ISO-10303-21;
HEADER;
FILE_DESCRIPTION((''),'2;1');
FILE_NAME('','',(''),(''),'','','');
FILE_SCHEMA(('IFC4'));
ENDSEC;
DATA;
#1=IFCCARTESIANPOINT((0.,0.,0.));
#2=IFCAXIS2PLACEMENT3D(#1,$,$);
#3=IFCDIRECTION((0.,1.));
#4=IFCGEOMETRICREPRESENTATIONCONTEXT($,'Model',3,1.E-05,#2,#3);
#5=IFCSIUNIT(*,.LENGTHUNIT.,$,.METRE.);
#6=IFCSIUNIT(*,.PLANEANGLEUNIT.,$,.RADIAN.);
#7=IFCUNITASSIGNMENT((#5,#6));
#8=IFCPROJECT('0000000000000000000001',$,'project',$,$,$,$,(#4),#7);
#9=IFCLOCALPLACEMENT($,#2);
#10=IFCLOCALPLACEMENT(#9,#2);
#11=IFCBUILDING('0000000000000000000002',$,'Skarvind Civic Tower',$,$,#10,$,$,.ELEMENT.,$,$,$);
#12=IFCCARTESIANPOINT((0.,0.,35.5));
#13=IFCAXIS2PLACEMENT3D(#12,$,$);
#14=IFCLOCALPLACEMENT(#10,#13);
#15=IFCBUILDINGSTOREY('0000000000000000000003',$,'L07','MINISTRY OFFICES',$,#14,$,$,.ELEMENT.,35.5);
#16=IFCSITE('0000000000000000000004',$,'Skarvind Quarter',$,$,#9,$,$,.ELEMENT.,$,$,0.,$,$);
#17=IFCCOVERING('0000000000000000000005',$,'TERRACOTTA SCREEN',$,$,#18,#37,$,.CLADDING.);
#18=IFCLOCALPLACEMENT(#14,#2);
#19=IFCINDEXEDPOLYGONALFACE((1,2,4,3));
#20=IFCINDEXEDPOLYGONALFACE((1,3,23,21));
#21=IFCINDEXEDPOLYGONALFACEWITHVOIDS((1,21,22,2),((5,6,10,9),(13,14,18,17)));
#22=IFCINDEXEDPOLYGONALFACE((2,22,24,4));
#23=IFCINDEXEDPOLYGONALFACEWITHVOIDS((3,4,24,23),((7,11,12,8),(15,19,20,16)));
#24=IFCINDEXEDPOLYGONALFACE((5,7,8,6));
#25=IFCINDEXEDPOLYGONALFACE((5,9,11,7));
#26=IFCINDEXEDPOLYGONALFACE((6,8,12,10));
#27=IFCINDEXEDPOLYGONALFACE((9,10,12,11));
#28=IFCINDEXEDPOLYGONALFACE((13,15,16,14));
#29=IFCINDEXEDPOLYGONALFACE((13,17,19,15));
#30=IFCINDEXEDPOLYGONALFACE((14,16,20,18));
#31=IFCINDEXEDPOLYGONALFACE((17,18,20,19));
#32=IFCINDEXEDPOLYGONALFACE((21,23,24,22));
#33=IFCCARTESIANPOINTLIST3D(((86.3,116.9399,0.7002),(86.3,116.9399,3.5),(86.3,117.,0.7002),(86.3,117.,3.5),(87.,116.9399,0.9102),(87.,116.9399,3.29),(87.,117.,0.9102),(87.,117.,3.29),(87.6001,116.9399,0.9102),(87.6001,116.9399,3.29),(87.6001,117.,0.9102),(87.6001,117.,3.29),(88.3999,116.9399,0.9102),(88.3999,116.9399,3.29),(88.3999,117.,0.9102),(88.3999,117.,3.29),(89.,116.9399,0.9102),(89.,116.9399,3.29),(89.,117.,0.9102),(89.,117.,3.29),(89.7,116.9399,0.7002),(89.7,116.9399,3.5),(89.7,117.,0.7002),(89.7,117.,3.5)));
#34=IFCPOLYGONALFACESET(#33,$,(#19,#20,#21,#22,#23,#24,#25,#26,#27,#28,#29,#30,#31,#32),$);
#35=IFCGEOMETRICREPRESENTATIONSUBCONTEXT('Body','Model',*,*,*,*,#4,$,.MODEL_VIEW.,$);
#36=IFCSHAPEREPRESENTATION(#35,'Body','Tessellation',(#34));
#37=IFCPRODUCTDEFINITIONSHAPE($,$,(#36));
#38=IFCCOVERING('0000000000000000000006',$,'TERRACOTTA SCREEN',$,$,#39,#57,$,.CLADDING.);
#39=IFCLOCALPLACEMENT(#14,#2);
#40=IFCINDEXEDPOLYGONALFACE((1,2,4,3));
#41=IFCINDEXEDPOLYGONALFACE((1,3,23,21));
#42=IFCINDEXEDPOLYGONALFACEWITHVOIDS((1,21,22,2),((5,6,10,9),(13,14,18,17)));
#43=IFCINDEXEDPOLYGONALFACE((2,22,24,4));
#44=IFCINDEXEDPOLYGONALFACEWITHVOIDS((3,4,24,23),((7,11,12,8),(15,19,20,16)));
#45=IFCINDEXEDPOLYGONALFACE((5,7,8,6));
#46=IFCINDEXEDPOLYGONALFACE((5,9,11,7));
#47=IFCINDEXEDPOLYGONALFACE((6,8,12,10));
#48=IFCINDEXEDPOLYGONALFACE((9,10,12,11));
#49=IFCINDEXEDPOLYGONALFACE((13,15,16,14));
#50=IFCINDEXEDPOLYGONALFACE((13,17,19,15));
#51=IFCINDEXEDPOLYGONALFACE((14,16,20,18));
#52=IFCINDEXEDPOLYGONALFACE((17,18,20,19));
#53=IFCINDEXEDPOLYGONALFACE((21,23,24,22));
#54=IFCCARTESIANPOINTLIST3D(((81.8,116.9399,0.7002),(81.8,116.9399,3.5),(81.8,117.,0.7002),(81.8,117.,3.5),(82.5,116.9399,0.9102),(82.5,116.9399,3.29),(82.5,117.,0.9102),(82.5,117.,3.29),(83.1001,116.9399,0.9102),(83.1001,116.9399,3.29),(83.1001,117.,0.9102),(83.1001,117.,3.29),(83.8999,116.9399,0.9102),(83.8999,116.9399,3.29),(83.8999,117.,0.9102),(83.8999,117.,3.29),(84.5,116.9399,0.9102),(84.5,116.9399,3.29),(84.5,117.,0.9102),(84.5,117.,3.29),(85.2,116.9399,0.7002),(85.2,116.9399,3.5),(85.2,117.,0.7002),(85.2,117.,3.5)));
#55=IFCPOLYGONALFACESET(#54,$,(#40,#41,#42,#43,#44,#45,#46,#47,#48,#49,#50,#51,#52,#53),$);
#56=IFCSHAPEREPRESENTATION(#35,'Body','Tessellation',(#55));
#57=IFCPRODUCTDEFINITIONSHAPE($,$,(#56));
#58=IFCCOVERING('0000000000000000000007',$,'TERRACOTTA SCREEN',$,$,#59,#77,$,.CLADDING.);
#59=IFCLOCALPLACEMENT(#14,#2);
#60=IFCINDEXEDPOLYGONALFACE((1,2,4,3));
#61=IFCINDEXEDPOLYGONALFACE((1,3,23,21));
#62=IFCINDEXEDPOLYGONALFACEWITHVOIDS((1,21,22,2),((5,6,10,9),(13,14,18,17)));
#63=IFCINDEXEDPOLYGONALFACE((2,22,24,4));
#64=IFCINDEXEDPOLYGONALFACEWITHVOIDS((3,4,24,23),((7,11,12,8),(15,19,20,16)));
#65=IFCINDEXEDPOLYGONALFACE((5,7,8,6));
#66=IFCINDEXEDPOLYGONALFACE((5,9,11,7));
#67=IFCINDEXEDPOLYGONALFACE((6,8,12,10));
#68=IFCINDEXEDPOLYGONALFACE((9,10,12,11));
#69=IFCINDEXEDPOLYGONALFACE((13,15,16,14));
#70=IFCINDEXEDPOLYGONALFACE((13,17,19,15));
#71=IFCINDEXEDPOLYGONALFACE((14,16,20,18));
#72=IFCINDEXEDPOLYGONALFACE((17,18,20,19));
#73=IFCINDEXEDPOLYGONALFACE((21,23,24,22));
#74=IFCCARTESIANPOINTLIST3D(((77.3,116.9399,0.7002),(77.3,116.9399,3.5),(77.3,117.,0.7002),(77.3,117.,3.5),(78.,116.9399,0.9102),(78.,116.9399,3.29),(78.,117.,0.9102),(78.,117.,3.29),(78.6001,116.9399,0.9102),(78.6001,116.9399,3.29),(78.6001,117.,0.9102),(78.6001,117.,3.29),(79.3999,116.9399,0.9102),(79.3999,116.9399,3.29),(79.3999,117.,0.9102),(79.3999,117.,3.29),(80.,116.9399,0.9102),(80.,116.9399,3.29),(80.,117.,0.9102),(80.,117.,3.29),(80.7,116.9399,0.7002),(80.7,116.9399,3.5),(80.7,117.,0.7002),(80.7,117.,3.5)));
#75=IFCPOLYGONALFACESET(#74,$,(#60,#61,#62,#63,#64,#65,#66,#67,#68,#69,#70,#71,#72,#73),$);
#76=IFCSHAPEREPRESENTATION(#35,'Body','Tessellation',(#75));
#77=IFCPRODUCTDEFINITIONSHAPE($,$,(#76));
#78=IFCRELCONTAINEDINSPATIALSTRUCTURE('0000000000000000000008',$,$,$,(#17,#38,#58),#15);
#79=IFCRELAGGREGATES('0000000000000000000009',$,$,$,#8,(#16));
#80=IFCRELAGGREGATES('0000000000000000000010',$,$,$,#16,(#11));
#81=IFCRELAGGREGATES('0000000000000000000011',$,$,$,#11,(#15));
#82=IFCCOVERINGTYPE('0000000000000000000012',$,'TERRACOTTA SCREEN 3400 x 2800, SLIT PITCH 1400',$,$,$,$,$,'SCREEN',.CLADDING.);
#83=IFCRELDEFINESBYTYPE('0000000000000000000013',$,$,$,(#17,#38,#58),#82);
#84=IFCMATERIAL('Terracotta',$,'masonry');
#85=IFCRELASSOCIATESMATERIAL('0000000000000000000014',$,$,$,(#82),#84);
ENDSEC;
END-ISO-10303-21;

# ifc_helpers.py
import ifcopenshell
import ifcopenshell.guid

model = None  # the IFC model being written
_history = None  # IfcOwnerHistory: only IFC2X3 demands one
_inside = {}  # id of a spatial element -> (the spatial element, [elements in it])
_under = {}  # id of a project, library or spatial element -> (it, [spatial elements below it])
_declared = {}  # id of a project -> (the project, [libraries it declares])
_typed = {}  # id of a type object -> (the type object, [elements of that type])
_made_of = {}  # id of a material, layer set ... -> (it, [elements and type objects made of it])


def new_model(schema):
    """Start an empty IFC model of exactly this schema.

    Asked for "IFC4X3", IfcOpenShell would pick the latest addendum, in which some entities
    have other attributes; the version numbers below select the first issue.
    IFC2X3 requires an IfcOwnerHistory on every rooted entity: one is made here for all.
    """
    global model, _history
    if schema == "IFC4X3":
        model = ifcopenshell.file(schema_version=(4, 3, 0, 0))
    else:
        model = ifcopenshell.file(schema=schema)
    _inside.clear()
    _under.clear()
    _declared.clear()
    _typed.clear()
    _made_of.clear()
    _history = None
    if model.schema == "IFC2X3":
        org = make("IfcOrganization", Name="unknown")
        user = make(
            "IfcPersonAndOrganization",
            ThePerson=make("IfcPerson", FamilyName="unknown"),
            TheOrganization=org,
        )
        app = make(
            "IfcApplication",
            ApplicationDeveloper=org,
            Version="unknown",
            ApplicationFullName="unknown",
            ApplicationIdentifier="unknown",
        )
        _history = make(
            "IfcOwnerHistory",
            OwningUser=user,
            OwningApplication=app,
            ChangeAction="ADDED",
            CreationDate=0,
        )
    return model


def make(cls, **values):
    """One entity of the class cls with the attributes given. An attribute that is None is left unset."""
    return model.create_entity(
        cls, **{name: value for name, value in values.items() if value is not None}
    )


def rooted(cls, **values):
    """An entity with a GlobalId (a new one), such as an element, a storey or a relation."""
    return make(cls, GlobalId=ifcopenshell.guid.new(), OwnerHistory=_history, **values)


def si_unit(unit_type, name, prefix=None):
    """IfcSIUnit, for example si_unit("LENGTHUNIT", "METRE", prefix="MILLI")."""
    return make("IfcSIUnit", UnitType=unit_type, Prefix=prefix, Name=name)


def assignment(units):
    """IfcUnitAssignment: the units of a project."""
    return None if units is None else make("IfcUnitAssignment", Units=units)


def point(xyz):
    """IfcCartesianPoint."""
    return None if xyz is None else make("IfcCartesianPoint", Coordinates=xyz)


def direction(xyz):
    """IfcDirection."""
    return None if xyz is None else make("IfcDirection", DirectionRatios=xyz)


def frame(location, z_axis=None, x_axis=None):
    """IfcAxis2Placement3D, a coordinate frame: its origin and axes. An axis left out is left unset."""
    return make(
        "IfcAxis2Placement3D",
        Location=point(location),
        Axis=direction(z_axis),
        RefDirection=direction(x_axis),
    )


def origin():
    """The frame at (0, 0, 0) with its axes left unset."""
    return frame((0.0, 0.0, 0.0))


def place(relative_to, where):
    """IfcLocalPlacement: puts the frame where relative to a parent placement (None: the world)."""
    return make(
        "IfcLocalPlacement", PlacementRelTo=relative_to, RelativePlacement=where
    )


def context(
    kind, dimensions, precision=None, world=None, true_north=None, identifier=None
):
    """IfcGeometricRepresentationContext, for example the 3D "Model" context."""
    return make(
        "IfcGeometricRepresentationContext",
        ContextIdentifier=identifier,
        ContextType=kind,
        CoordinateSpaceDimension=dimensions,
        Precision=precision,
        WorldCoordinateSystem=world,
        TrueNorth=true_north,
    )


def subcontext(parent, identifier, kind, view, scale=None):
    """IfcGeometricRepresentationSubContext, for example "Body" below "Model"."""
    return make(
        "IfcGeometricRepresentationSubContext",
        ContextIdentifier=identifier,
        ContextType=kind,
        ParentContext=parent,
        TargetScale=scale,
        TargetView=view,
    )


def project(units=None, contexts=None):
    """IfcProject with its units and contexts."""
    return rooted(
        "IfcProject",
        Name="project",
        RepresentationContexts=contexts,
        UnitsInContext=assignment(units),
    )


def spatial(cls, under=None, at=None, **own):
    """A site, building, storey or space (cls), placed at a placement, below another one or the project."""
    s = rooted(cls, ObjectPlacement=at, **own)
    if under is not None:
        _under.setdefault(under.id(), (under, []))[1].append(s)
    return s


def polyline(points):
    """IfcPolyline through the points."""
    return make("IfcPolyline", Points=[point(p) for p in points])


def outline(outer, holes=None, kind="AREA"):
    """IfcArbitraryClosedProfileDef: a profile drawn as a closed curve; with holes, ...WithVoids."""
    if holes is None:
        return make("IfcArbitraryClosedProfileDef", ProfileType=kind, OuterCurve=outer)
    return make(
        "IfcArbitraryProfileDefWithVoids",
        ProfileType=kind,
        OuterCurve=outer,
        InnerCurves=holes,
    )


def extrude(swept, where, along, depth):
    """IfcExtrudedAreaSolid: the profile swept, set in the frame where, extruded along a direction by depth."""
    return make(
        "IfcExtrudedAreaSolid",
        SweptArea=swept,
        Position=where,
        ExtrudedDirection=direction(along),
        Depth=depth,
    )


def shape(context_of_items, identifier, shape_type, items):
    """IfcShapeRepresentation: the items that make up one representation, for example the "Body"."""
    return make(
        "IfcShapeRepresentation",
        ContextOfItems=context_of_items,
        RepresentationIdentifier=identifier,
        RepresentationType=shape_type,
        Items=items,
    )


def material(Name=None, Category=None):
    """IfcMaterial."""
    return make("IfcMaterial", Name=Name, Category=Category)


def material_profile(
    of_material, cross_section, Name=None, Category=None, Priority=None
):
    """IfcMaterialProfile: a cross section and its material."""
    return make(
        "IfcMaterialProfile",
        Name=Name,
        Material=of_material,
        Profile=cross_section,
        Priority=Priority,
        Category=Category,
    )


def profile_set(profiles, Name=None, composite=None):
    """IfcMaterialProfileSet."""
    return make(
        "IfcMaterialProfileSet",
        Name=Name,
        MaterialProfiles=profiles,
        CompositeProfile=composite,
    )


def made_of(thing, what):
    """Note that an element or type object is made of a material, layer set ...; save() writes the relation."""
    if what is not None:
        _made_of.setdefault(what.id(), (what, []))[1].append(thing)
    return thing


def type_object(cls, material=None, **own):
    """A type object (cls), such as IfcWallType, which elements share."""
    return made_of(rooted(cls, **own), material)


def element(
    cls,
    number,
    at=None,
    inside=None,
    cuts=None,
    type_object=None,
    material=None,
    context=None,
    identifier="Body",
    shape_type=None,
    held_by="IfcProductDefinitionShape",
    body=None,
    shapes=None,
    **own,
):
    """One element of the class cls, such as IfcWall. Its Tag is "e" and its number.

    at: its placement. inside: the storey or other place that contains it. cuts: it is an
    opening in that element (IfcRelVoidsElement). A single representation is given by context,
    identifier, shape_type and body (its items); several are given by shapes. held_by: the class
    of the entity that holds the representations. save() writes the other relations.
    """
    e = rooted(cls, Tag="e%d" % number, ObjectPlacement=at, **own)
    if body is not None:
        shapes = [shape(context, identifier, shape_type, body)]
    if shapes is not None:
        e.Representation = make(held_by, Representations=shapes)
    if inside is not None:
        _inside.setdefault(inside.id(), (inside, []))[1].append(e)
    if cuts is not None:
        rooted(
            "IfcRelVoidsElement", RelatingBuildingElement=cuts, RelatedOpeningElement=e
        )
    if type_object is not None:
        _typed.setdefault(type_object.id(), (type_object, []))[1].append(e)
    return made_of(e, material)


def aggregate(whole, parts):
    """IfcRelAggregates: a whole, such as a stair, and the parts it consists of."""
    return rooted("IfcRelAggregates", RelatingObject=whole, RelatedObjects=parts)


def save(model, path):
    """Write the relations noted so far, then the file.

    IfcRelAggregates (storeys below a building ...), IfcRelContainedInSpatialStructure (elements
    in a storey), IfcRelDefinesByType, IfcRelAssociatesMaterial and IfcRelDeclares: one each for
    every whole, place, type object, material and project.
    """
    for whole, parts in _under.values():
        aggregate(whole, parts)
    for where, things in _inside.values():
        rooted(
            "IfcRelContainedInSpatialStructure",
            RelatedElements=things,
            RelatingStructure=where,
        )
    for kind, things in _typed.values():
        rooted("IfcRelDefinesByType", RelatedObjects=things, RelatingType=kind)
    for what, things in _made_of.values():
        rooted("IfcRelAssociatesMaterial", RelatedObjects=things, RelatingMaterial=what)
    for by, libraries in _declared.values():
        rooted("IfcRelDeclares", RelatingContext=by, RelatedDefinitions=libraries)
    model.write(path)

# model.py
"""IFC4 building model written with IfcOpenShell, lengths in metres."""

from ifc_helpers import new_model, si_unit, direction, frame, origin, place, context, subcontext, project, spatial, polyline, outline, extrude, material, material_profile, profile_set, type_object, element, save


model = new_model("IFC4")

# Units and contexts
model_context = context("Model", 3, precision=1e-05, world=origin(), true_north=direction((0.0, 1.0)))
body_context = subcontext(model_context, "Body", "Model", "MODEL_VIEW")
ifc_project = project(units=[si_unit("LENGTHUNIT", "METRE"), si_unit("PLANEANGLEUNIT", "RADIAN")], contexts=[model_context])

# Site, building, storey
site_placement = place(None, origin())
site = spatial("IfcSite", under=ifc_project, at=site_placement, Name="Skarvind Quarter", CompositionType="ELEMENT", RefElevation=0.0)
building_placement = place(site_placement, origin())
building = spatial("IfcBuilding", under=site, at=building_placement, Name="Skarvind Civic Tower", CompositionType="ELEMENT")
storey_placement = place(building_placement, frame((0.0, 0.0, 35.5)))
storey = spatial("IfcBuildingStorey", under=building, at=storey_placement, Name="L07", Description="MINISTRY OFFICES", CompositionType="ELEMENT", Elevation=35.5)

# Coverings
ifc_material_1 = material(Name="Terracotta", Category="masonry")
ifc_material_profile_1 = material_profile(ifc_material_1, outline(polyline([(-1.7, -1.3999), (1.7, -1.3999), (1.7, 1.3999), (-1.7, 1.3999), (-1.7, -1.3999)]), holes=[polyline([(-1.0, -1.1899), (-0.3999, -1.1899), (-0.3999, 1.1899), (-1.0, 1.1899), (-1.0, -1.1899)]), polyline([(0.3999, -1.1899), (1.0, -1.1899), (1.0, 1.1899), (0.3999, 1.1899), (0.3999, -1.1899)])]), Name="TERRACOTTA SCREEN 3400 x 2800, SLIT PITCH 1400")
ifc_profile_set_1 = profile_set([ifc_material_profile_1], Name="Terracotta")
covering_type = type_object("IfcCoveringType", Name="TERRACOTTA SCREEN 3400 x 2800, SLIT PITCH 1400", ElementType="SCREEN", PredefinedType="CLADDING", material=ifc_profile_set_1)
for number, where, z_axis, x_axis, name in (
    (1, (88.0, 117.0, 2.1001), (0.0, -1.0, 0.0), (1.0, 0.0, 0.0), "TERRACOTTA SCREEN"),
    (2, (83.5, 117.0, 2.1001), (0.0, -1.0, 0.0), (1.0, 0.0, 0.0), "TERRACOTTA SCREEN"),
    (3, (79.0, 117.0, 2.1001), (0.0, -1.0, 0.0), (1.0, 0.0, 0.0), "TERRACOTTA SCREEN"),
):
    element("IfcCovering", number, at=place(storey_placement, frame(where, z_axis=z_axis, x_axis=x_axis)), inside=storey, type_object=covering_type, Name=name, PredefinedType="CLADDING", context=body_context, shape_type="SweptSolid", body=[
        extrude(outline(polyline([(-1.7, -1.3999), (1.7, -1.3999), (1.7, 1.3999), (-1.7, 1.3999), (-1.7, -1.3999)]), holes=[polyline([(-1.0, -1.1899), (-0.3999, -1.1899), (-0.3999, 1.1899), (-1.0, 1.1899), (-1.0, -1.1899)]), polyline([(0.3999, -1.1899), (1.0, -1.1899), (1.0, 1.1899), (0.3999, 1.1899), (0.3999, -1.1899)])]), origin(), (0.0, 0.0, 1.0), 0.0601),
    ])

save(model, "model.ifc")
